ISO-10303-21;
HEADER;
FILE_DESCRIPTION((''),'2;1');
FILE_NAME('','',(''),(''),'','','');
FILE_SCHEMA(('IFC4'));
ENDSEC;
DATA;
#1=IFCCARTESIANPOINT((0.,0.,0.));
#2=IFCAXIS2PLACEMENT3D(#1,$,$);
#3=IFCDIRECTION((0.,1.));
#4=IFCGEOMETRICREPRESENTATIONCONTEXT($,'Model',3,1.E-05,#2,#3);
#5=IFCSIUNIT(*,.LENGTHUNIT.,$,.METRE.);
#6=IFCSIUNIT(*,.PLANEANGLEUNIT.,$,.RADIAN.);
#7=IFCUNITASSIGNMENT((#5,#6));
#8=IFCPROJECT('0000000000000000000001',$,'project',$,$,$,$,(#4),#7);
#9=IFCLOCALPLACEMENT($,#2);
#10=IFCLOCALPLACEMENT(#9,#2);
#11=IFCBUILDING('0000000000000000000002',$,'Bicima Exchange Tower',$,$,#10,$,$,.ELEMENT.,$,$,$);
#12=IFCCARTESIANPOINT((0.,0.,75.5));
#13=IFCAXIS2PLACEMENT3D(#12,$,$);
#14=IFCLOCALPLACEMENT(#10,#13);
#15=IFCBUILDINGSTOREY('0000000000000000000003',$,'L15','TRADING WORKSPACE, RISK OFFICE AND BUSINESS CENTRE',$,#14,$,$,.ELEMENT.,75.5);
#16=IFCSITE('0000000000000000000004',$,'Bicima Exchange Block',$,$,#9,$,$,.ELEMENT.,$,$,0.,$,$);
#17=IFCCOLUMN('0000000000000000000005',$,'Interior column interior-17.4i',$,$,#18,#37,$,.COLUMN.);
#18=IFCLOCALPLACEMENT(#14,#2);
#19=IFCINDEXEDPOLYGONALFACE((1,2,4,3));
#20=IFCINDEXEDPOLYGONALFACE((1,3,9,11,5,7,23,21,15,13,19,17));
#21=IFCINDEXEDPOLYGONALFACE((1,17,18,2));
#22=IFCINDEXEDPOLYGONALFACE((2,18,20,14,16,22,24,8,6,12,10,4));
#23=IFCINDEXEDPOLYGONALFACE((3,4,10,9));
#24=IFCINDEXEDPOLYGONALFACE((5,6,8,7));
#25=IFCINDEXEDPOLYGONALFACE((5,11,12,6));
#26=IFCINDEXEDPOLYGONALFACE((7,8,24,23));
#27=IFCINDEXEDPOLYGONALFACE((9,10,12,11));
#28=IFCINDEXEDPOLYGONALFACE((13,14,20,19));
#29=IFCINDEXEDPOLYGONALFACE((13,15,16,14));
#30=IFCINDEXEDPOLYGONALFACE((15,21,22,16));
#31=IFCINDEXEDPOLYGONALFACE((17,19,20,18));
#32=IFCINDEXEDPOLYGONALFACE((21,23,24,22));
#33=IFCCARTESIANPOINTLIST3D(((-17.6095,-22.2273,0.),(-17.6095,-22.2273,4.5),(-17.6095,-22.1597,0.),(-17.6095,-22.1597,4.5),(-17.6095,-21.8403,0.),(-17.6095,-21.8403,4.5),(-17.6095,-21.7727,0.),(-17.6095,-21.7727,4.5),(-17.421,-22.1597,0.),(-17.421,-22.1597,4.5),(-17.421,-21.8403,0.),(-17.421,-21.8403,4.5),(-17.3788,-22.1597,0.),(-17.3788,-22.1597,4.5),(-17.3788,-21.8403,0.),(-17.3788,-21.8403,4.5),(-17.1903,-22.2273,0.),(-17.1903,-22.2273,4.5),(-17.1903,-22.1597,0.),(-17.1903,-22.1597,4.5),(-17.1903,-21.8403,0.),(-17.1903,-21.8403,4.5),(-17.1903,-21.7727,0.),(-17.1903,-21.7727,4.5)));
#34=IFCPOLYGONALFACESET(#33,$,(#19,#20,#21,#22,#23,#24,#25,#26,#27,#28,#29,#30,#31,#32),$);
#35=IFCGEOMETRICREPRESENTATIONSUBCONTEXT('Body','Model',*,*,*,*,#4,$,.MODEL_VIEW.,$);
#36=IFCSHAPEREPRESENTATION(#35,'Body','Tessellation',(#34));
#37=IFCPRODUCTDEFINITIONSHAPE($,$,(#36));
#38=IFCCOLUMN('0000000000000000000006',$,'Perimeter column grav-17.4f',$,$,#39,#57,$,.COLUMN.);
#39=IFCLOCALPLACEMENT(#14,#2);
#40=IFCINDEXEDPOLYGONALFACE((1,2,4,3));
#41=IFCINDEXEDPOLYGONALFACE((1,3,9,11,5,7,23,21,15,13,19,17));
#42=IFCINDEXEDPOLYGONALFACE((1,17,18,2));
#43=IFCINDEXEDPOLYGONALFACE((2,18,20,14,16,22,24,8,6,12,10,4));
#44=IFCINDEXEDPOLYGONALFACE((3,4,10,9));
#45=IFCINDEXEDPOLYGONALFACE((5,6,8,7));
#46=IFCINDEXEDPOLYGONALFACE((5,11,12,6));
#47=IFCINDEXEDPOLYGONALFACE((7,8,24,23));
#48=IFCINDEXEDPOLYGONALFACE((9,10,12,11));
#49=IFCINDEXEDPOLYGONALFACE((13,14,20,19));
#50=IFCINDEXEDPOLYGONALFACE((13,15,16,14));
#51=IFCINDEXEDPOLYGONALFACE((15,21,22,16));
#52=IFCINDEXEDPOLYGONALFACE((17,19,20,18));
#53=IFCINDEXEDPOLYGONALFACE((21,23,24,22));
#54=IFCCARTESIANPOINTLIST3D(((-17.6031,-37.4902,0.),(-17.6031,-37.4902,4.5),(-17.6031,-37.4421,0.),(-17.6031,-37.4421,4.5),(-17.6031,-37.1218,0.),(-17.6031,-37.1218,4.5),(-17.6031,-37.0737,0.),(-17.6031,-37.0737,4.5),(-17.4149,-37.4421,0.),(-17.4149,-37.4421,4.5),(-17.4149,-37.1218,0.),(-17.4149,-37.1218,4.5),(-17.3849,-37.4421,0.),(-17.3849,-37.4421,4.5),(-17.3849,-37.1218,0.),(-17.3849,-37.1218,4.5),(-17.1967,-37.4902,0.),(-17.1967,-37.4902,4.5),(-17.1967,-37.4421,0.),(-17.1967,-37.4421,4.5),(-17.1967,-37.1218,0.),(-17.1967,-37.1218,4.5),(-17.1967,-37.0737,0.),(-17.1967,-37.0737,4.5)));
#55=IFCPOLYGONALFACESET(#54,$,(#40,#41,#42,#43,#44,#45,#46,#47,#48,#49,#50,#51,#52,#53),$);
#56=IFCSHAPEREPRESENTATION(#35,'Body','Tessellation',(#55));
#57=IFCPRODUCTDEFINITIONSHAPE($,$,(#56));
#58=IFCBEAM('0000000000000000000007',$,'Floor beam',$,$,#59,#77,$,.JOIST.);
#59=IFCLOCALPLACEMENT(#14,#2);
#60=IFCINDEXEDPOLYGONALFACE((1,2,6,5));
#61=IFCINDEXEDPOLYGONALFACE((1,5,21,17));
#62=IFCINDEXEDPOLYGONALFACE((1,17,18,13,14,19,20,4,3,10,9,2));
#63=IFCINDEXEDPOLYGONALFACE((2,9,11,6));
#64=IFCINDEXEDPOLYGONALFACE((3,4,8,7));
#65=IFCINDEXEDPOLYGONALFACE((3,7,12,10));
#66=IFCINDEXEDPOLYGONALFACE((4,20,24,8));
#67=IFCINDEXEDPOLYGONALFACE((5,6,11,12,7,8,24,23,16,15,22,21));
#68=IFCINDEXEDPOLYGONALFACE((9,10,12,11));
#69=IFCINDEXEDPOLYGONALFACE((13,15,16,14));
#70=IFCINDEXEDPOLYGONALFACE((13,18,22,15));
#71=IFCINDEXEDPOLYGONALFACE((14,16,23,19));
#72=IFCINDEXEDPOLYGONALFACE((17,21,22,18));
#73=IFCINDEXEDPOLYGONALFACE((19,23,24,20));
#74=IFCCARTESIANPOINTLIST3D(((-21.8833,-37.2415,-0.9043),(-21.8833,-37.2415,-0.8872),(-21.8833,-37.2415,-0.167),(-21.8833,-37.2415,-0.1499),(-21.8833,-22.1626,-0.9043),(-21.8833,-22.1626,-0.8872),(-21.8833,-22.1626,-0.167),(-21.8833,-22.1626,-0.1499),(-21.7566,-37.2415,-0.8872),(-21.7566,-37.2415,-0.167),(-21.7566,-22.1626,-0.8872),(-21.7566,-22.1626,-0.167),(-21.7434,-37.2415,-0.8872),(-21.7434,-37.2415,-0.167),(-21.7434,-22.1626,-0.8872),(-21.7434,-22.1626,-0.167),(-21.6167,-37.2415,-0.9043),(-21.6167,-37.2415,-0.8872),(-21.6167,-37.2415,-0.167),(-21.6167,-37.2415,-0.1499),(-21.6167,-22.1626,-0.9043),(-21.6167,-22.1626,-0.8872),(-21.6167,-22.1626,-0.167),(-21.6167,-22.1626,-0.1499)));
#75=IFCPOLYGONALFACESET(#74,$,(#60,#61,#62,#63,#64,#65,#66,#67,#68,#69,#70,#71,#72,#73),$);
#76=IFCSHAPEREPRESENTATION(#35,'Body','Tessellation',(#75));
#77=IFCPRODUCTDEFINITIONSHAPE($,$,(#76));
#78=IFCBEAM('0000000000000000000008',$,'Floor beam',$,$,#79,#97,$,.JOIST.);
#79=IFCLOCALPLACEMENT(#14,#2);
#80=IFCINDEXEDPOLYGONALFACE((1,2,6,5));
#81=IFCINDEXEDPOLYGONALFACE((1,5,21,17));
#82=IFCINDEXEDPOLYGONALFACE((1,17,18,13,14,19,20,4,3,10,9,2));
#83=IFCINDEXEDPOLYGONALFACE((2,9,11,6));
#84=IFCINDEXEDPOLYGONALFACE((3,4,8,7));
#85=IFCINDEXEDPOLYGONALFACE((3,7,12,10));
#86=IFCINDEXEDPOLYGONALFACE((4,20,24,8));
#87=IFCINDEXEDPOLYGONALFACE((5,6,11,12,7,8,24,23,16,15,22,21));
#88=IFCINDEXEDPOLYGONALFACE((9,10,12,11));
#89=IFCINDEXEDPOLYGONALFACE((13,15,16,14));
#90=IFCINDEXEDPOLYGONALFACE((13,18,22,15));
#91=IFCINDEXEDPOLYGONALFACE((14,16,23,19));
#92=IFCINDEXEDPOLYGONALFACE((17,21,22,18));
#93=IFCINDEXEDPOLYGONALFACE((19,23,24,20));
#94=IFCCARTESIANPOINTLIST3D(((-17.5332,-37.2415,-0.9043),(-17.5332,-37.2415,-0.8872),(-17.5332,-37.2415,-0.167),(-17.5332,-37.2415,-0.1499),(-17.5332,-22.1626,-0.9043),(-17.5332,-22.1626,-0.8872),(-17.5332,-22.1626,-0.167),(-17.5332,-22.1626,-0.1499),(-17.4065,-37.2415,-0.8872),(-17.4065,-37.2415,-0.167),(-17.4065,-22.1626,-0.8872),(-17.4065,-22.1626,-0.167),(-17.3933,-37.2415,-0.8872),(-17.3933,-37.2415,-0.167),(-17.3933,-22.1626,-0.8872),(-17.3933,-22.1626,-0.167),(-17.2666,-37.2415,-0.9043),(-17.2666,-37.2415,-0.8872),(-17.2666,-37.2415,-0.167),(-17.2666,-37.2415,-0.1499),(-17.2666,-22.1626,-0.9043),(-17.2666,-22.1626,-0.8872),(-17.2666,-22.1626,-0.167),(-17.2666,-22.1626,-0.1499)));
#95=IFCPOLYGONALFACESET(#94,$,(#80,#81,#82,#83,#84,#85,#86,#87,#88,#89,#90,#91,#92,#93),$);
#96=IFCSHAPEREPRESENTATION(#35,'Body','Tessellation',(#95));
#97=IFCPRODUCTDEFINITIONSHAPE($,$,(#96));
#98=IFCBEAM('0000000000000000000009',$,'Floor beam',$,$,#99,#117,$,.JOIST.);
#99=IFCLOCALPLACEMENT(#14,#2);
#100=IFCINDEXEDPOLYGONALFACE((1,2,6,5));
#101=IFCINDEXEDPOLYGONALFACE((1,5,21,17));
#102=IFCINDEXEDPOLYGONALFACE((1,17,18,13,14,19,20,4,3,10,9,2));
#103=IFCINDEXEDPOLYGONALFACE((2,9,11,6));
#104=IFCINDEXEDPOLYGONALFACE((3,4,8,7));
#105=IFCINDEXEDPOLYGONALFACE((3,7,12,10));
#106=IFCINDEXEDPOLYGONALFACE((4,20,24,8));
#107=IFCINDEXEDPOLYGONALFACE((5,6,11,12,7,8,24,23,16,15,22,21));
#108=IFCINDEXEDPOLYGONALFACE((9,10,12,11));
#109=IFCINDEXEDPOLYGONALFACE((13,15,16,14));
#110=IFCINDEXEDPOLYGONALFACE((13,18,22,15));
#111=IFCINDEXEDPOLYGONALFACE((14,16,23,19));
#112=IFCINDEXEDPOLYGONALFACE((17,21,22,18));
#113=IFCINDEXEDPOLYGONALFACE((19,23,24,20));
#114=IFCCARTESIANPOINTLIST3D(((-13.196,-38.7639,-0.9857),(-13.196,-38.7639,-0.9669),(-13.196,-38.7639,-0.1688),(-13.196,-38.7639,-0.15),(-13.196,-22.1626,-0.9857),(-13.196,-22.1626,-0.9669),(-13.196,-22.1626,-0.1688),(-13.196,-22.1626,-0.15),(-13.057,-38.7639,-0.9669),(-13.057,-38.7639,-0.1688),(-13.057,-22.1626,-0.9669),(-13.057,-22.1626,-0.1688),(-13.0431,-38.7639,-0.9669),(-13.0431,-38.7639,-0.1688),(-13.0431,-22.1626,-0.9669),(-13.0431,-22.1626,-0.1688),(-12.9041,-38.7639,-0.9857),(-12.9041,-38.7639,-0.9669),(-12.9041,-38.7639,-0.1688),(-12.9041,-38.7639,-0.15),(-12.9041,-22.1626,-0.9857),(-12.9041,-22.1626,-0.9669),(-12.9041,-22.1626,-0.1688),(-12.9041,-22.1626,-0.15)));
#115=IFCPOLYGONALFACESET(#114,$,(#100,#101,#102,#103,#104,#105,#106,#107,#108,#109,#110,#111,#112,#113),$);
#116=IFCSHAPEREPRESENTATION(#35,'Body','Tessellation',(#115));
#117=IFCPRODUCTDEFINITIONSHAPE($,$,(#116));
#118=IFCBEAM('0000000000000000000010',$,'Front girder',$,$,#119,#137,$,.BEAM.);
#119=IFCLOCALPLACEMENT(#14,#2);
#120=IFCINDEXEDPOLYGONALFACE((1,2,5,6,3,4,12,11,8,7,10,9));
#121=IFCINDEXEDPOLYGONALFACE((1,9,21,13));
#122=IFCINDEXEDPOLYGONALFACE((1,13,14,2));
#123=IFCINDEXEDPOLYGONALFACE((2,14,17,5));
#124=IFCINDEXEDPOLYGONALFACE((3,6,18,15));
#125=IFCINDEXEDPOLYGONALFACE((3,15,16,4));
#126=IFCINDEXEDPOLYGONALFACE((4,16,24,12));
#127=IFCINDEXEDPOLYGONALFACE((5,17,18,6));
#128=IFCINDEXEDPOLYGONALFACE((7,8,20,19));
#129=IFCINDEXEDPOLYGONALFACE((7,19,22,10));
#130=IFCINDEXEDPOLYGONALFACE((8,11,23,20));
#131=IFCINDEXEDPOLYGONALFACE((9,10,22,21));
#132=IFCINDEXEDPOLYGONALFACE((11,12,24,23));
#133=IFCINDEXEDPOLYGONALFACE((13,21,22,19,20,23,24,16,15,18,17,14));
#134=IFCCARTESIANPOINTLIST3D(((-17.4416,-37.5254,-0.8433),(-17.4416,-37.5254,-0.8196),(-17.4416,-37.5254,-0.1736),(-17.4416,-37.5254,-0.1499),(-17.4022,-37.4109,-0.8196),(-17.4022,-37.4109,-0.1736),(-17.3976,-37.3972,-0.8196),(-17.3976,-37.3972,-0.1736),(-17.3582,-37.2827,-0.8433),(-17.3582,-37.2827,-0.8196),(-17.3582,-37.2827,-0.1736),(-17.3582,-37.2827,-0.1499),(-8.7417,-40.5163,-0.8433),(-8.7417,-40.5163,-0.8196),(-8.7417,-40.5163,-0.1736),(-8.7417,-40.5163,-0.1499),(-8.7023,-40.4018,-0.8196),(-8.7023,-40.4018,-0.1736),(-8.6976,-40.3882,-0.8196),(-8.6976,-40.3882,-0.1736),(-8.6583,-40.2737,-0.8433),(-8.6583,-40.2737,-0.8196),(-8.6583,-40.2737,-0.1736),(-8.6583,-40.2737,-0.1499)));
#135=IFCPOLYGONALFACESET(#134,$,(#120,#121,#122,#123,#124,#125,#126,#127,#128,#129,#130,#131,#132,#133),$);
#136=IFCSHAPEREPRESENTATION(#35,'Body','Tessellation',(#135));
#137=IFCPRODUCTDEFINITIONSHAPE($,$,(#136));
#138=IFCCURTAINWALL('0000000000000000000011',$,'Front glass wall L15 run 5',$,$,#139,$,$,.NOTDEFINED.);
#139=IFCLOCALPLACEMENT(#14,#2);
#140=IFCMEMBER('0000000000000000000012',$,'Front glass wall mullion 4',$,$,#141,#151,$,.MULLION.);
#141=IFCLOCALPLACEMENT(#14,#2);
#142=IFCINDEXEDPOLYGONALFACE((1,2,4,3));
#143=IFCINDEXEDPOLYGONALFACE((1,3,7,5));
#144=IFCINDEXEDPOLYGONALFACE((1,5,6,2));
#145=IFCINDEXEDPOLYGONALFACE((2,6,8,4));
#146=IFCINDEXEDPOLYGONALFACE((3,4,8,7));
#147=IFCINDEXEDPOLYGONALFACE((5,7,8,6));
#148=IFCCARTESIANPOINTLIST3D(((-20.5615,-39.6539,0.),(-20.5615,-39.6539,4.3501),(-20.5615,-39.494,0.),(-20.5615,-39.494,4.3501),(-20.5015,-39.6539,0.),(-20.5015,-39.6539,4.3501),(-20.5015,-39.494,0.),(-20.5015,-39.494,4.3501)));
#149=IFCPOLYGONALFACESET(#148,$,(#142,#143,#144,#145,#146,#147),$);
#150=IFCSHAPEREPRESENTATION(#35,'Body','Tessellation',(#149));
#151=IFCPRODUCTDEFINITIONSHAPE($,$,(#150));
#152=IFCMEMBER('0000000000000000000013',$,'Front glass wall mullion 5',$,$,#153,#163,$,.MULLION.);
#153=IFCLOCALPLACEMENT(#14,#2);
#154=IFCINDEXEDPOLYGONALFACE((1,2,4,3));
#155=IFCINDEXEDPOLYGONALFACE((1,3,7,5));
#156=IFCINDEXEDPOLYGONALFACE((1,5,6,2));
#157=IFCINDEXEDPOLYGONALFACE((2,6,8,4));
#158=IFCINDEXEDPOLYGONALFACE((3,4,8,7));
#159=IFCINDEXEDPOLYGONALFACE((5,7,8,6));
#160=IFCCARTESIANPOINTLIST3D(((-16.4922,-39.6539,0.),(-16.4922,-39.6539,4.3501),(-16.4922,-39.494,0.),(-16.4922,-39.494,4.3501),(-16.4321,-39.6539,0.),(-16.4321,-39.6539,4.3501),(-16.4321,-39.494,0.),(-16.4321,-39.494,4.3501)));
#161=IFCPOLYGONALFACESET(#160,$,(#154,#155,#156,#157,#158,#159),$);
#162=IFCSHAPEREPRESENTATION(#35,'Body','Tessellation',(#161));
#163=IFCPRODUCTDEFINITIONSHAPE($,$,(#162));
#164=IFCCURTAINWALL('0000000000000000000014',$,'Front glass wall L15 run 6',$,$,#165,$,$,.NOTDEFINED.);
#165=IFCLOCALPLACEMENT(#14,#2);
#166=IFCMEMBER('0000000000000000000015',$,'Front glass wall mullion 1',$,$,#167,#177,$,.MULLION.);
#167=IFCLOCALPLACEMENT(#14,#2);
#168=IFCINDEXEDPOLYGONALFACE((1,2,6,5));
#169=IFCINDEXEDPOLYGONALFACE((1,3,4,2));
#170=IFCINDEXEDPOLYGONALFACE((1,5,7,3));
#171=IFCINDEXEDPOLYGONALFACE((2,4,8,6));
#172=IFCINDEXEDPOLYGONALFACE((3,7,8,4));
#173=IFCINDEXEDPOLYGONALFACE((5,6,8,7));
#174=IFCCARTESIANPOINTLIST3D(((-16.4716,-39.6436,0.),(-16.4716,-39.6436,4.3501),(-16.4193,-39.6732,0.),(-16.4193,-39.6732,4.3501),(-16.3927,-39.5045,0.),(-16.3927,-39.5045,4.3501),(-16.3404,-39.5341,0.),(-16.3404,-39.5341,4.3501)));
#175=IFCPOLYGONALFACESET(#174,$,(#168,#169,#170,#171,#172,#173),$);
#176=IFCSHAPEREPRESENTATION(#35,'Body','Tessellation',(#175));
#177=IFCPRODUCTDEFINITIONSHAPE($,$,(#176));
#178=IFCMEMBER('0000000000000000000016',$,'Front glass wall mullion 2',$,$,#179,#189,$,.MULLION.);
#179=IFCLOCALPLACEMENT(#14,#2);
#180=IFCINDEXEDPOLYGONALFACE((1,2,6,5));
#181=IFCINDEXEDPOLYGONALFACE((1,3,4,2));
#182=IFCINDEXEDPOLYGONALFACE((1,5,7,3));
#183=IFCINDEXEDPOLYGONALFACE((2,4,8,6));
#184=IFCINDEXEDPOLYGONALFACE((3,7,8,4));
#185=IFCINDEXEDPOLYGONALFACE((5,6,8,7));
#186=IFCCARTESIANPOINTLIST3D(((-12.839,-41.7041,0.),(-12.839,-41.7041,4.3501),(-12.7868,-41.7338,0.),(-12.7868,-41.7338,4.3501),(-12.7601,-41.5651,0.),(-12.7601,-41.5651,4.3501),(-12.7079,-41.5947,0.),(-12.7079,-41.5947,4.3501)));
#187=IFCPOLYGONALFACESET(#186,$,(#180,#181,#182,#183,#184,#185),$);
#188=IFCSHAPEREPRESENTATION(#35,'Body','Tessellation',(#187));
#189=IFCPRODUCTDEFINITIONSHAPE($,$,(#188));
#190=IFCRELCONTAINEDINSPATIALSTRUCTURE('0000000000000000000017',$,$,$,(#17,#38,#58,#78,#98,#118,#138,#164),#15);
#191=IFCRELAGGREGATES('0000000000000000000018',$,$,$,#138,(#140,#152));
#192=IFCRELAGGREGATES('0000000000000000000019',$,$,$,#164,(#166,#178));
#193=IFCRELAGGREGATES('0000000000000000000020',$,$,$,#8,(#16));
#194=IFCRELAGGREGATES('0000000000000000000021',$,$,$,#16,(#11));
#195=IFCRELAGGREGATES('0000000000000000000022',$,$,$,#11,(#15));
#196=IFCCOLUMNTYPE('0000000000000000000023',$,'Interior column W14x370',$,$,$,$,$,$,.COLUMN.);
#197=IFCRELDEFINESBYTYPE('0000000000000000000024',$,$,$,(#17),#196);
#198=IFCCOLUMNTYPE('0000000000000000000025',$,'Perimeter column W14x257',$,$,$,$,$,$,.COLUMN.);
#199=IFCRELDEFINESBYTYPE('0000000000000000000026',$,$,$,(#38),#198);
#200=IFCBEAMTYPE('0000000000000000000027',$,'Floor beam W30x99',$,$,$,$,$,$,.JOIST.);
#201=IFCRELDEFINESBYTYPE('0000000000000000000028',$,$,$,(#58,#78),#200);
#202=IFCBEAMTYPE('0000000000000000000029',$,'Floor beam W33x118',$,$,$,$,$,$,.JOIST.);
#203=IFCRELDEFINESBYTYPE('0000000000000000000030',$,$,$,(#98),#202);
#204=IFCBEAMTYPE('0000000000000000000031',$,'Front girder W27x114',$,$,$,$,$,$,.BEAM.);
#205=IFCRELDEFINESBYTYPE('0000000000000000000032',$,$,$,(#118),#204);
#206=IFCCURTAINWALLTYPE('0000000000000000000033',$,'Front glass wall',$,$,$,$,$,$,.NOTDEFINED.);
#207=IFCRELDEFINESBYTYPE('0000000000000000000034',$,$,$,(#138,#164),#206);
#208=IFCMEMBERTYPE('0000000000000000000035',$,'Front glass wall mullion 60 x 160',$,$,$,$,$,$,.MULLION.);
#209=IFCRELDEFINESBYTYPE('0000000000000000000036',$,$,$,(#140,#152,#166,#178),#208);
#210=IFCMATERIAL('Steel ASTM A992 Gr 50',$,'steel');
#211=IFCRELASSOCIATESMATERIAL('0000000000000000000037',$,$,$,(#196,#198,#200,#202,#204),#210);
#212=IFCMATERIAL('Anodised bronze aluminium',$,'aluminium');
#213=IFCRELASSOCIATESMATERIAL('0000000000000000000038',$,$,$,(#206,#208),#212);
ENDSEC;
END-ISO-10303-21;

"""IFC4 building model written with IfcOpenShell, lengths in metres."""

from ifc_helpers import new_model, si_unit, direction, frame, origin, origin_2d, place, context, subcontext, project, spatial, rectangle, i_section, extrude, material, material_profile, profile_set, type_object, element, aggregate, save


model = new_model("IFC4")

# Units and contexts
model_context = context("Model", 3, precision=1e-05, world=origin(), true_north=direction((0.0, 1.0)))
body_context = subcontext(model_context, "Body", "Model", "MODEL_VIEW")
ifc_project = project(units=[si_unit("LENGTHUNIT", "METRE"), si_unit("PLANEANGLEUNIT", "RADIAN")], contexts=[model_context])

# Site, building, storey
site_placement = place(None, origin())
site = spatial("IfcSite", under=ifc_project, at=site_placement, Name="Bicima Exchange Block", CompositionType="ELEMENT", RefElevation=0.0)
building_placement = place(site_placement, origin())
building = spatial("IfcBuilding", under=site, at=building_placement, Name="Bicima Exchange Tower", CompositionType="ELEMENT")
storey_placement = place(building_placement, frame((0.0, 0.0, 75.5)))
storey = spatial("IfcBuildingStorey", under=building, at=storey_placement, Name="L15", Description="TRADING WORKSPACE, RISK OFFICE AND BUSINESS CENTRE", CompositionType="ELEMENT", Elevation=75.5)

# Columns
ifc_material_1 = material(Name="Steel ASTM A992 Gr 50", Category="steel")
ifc_material_profile_1 = material_profile(ifc_material_1, i_section(OverallWidth=0.4192, OverallDepth=0.4546, WebThickness=0.0422, FlangeThickness=0.0676, at=origin_2d()))
ifc_profile_set_1 = profile_set([ifc_material_profile_1], Name="Steel ASTM A992 Gr 50")
column_type_1 = type_object("IfcColumnType", Name="Interior column W14x370", PredefinedType="COLUMN", material=ifc_profile_set_1)
column_1_placement = place(storey_placement, frame((-17.3999, -22.0, 0.0), z_axis=(0.0, 0.0, 1.0), x_axis=(1.0, 0.0, 0.0)))
element("IfcColumn", 1, at=column_1_placement, inside=storey, type_object=column_type_1, Name="Interior column interior-17.4i", PredefinedType="COLUMN", context=body_context, shape_type="SweptSolid", body=[
    extrude(i_section(OverallWidth=0.4192, OverallDepth=0.4546, WebThickness=0.0422, FlangeThickness=0.0676, at=origin_2d()), origin(), (0.0, 0.0, 1.0), 4.5),
])
ifc_material_profile_2 = material_profile(ifc_material_1, i_section(OverallWidth=0.4065, OverallDepth=0.4165, WebThickness=0.03, FlangeThickness=0.0481, at=origin_2d()))
ifc_profile_set_2 = profile_set([ifc_material_profile_2], Name="Steel ASTM A992 Gr 50")
column_type_2 = type_object("IfcColumnType", Name="Perimeter column W14x257", PredefinedType="COLUMN", material=ifc_profile_set_2)
column_2_placement = place(storey_placement, frame((-17.3999, -37.282, 0.0), z_axis=(0.0, 0.0, 1.0), x_axis=(1.0, 0.0, 0.0)))
element("IfcColumn", 2, at=column_2_placement, inside=storey, type_object=column_type_2, Name="Perimeter column grav-17.4f", PredefinedType="COLUMN", context=body_context, shape_type="SweptSolid", body=[
    extrude(i_section(OverallWidth=0.4065, OverallDepth=0.4165, WebThickness=0.03, FlangeThickness=0.0481, at=origin_2d()), origin(), (0.0, 0.0, 1.0), 4.5),
])

# Beams
ifc_material_profile_3 = material_profile(ifc_material_1, i_section(OverallWidth=0.2666, OverallDepth=0.7544, WebThickness=0.0132, FlangeThickness=0.0171, at=origin_2d()))
ifc_profile_set_3 = profile_set([ifc_material_profile_3], Name="Steel ASTM A992 Gr 50")
beam_type_1 = type_object("IfcBeamType", Name="Floor beam W30x99", PredefinedType="JOIST", material=ifc_profile_set_3)
for number, where, z_axis, x_axis, name in (
    (3, (-21.75, -22.1626, -0.5271), (0.0, -1.0, 0.0), (1.0, 0.0, 0.0), "Floor beam"),
    (4, (-17.3999, -22.1626, -0.5271), (0.0, -1.0, 0.0), (1.0, 0.0, 0.0), "Floor beam"),
):
    element("IfcBeam", number, at=place(storey_placement, frame(where, z_axis=z_axis, x_axis=x_axis)), inside=storey, type_object=beam_type_1, Name=name, PredefinedType="JOIST", context=body_context, shape_type="SweptSolid", body=[
        extrude(i_section(OverallWidth=0.2666, OverallDepth=0.7544, WebThickness=0.0132, FlangeThickness=0.0171, at=origin_2d()), origin(), (0.0, 0.0, 1.0), 15.0789),
    ])
ifc_material_profile_4 = material_profile(ifc_material_1, i_section(OverallWidth=0.292, OverallDepth=0.8357, WebThickness=0.0139, FlangeThickness=0.0188, at=origin_2d()))
ifc_profile_set_4 = profile_set([ifc_material_profile_4], Name="Steel ASTM A992 Gr 50")
beam_type_2 = type_object("IfcBeamType", Name="Floor beam W33x118", PredefinedType="JOIST", material=ifc_profile_set_4)
beam_1_placement = place(storey_placement, frame((-13.05, -22.1626, -0.5679), z_axis=(0.0, -1.0, 0.0), x_axis=(1.0, 0.0, 0.0)))
element("IfcBeam", 5, at=beam_1_placement, inside=storey, type_object=beam_type_2, Name="Floor beam", PredefinedType="JOIST", context=body_context, shape_type="SweptSolid", body=[
    extrude(i_section(OverallWidth=0.292, OverallDepth=0.8357, WebThickness=0.0139, FlangeThickness=0.0188, at=origin_2d()), origin(), (0.0, 0.0, 1.0), 16.6013),
])
ifc_material_profile_5 = material_profile(ifc_material_1, i_section(OverallWidth=0.2566, OverallDepth=0.6934, WebThickness=0.0144, FlangeThickness=0.0237, at=origin_2d()))
ifc_profile_set_5 = profile_set([ifc_material_profile_5], Name="Steel ASTM A992 Gr 50")
beam_type_3 = type_object("IfcBeamType", Name="Front girder W27x114", PredefinedType="BEAM", material=ifc_profile_set_5)
beam_2_placement = place(storey_placement, frame((-17.3999, -37.4041, -0.4966), z_axis=(0.945675, -0.325115, 0.0), x_axis=(0.325115, 0.945675, 0.0)))
element("IfcBeam", 6, at=beam_2_placement, inside=storey, type_object=beam_type_3, Name="Front girder", PredefinedType="BEAM", context=body_context, shape_type="SweptSolid", body=[
    extrude(i_section(OverallWidth=0.2566, OverallDepth=0.6934, WebThickness=0.0144, FlangeThickness=0.0237, at=origin_2d()), origin(), (0.0, 0.0, 1.0), 9.1997),
])

# Curtain walls, members
ifc_material_2 = material(Name="Anodised bronze aluminium", Category="aluminium")
curtain_wall_type = type_object("IfcCurtainWallType", Name="Front glass wall", PredefinedType="NOTDEFINED", material=ifc_material_2)
curtain_wall_1_placement = place(storey_placement, origin())
curtain_wall_1 = element("IfcCurtainWall", 7, at=curtain_wall_1_placement, inside=storey, type_object=curtain_wall_type, Name="Front glass wall L15 run 5", PredefinedType="NOTDEFINED")
ifc_material_profile_6 = material_profile(ifc_material_2, rectangle(XDim=0.1599, YDim=0.0601, at=origin_2d()))
ifc_profile_set_6 = profile_set([ifc_material_profile_6], Name="Anodised bronze aluminium")
member_type_1 = type_object("IfcMemberType", Name="Front glass wall mullion 60 x 160", PredefinedType="MULLION", material=ifc_profile_set_6)
member_1_placement = place(storey_placement, frame((-20.5315, -39.574, 0.0), z_axis=(0.0, 0.0, 1.0), x_axis=(0.0, 1.0, 0.0)))
member_1 = element("IfcMember", 8, at=member_1_placement, type_object=member_type_1, Name="Front glass wall mullion 4", PredefinedType="MULLION", context=body_context, shape_type="SweptSolid", body=[
    extrude(rectangle(XDim=0.1599, YDim=0.0601, at=origin_2d()), origin(), (0.0, 0.0, 1.0), 4.3501),
])
member_2_placement = place(storey_placement, frame((-16.4622, -39.574, 0.0), z_axis=(0.0, 0.0, 1.0), x_axis=(0.0, 1.0, 0.0)))
member_2 = element("IfcMember", 9, at=member_2_placement, type_object=member_type_1, Name="Front glass wall mullion 5", PredefinedType="MULLION", context=body_context, shape_type="SweptSolid", body=[
    extrude(rectangle(XDim=0.1599, YDim=0.0601, at=origin_2d()), origin(), (0.0, 0.0, 1.0), 4.3501),
])
curtain_wall_2_placement = place(storey_placement, origin())
curtain_wall_2 = element("IfcCurtainWall", 10, at=curtain_wall_2_placement, inside=storey, type_object=curtain_wall_type, Name="Front glass wall L15 run 6", PredefinedType="NOTDEFINED")
member_3_placement = place(storey_placement, frame((-16.406, -39.5889, 0.0), z_axis=(0.0, 0.0, 1.0), x_axis=(0.493395, 0.869805, 0.0)))
member_3 = element("IfcMember", 11, at=member_3_placement, type_object=member_type_1, Name="Front glass wall mullion 1", PredefinedType="MULLION", context=body_context, shape_type="SweptSolid", body=[
    extrude(rectangle(XDim=0.1599, YDim=0.0601, at=origin_2d()), origin(), (0.0, 0.0, 1.0), 4.3501),
])
member_4_placement = place(storey_placement, frame((-12.7734, -41.6494, 0.0), z_axis=(0.0, 0.0, 1.0), x_axis=(0.493395, 0.869805, 0.0)))
member_4 = element("IfcMember", 12, at=member_4_placement, type_object=member_type_1, Name="Front glass wall mullion 2", PredefinedType="MULLION", context=body_context, shape_type="SweptSolid", body=[
    extrude(rectangle(XDim=0.1599, YDim=0.0601, at=origin_2d()), origin(), (0.0, 0.0, 1.0), 4.3501),
])

aggregate(curtain_wall_1, [member_1, member_2])
aggregate(curtain_wall_2, [member_3, member_4])

save(model, "model.ifc")
